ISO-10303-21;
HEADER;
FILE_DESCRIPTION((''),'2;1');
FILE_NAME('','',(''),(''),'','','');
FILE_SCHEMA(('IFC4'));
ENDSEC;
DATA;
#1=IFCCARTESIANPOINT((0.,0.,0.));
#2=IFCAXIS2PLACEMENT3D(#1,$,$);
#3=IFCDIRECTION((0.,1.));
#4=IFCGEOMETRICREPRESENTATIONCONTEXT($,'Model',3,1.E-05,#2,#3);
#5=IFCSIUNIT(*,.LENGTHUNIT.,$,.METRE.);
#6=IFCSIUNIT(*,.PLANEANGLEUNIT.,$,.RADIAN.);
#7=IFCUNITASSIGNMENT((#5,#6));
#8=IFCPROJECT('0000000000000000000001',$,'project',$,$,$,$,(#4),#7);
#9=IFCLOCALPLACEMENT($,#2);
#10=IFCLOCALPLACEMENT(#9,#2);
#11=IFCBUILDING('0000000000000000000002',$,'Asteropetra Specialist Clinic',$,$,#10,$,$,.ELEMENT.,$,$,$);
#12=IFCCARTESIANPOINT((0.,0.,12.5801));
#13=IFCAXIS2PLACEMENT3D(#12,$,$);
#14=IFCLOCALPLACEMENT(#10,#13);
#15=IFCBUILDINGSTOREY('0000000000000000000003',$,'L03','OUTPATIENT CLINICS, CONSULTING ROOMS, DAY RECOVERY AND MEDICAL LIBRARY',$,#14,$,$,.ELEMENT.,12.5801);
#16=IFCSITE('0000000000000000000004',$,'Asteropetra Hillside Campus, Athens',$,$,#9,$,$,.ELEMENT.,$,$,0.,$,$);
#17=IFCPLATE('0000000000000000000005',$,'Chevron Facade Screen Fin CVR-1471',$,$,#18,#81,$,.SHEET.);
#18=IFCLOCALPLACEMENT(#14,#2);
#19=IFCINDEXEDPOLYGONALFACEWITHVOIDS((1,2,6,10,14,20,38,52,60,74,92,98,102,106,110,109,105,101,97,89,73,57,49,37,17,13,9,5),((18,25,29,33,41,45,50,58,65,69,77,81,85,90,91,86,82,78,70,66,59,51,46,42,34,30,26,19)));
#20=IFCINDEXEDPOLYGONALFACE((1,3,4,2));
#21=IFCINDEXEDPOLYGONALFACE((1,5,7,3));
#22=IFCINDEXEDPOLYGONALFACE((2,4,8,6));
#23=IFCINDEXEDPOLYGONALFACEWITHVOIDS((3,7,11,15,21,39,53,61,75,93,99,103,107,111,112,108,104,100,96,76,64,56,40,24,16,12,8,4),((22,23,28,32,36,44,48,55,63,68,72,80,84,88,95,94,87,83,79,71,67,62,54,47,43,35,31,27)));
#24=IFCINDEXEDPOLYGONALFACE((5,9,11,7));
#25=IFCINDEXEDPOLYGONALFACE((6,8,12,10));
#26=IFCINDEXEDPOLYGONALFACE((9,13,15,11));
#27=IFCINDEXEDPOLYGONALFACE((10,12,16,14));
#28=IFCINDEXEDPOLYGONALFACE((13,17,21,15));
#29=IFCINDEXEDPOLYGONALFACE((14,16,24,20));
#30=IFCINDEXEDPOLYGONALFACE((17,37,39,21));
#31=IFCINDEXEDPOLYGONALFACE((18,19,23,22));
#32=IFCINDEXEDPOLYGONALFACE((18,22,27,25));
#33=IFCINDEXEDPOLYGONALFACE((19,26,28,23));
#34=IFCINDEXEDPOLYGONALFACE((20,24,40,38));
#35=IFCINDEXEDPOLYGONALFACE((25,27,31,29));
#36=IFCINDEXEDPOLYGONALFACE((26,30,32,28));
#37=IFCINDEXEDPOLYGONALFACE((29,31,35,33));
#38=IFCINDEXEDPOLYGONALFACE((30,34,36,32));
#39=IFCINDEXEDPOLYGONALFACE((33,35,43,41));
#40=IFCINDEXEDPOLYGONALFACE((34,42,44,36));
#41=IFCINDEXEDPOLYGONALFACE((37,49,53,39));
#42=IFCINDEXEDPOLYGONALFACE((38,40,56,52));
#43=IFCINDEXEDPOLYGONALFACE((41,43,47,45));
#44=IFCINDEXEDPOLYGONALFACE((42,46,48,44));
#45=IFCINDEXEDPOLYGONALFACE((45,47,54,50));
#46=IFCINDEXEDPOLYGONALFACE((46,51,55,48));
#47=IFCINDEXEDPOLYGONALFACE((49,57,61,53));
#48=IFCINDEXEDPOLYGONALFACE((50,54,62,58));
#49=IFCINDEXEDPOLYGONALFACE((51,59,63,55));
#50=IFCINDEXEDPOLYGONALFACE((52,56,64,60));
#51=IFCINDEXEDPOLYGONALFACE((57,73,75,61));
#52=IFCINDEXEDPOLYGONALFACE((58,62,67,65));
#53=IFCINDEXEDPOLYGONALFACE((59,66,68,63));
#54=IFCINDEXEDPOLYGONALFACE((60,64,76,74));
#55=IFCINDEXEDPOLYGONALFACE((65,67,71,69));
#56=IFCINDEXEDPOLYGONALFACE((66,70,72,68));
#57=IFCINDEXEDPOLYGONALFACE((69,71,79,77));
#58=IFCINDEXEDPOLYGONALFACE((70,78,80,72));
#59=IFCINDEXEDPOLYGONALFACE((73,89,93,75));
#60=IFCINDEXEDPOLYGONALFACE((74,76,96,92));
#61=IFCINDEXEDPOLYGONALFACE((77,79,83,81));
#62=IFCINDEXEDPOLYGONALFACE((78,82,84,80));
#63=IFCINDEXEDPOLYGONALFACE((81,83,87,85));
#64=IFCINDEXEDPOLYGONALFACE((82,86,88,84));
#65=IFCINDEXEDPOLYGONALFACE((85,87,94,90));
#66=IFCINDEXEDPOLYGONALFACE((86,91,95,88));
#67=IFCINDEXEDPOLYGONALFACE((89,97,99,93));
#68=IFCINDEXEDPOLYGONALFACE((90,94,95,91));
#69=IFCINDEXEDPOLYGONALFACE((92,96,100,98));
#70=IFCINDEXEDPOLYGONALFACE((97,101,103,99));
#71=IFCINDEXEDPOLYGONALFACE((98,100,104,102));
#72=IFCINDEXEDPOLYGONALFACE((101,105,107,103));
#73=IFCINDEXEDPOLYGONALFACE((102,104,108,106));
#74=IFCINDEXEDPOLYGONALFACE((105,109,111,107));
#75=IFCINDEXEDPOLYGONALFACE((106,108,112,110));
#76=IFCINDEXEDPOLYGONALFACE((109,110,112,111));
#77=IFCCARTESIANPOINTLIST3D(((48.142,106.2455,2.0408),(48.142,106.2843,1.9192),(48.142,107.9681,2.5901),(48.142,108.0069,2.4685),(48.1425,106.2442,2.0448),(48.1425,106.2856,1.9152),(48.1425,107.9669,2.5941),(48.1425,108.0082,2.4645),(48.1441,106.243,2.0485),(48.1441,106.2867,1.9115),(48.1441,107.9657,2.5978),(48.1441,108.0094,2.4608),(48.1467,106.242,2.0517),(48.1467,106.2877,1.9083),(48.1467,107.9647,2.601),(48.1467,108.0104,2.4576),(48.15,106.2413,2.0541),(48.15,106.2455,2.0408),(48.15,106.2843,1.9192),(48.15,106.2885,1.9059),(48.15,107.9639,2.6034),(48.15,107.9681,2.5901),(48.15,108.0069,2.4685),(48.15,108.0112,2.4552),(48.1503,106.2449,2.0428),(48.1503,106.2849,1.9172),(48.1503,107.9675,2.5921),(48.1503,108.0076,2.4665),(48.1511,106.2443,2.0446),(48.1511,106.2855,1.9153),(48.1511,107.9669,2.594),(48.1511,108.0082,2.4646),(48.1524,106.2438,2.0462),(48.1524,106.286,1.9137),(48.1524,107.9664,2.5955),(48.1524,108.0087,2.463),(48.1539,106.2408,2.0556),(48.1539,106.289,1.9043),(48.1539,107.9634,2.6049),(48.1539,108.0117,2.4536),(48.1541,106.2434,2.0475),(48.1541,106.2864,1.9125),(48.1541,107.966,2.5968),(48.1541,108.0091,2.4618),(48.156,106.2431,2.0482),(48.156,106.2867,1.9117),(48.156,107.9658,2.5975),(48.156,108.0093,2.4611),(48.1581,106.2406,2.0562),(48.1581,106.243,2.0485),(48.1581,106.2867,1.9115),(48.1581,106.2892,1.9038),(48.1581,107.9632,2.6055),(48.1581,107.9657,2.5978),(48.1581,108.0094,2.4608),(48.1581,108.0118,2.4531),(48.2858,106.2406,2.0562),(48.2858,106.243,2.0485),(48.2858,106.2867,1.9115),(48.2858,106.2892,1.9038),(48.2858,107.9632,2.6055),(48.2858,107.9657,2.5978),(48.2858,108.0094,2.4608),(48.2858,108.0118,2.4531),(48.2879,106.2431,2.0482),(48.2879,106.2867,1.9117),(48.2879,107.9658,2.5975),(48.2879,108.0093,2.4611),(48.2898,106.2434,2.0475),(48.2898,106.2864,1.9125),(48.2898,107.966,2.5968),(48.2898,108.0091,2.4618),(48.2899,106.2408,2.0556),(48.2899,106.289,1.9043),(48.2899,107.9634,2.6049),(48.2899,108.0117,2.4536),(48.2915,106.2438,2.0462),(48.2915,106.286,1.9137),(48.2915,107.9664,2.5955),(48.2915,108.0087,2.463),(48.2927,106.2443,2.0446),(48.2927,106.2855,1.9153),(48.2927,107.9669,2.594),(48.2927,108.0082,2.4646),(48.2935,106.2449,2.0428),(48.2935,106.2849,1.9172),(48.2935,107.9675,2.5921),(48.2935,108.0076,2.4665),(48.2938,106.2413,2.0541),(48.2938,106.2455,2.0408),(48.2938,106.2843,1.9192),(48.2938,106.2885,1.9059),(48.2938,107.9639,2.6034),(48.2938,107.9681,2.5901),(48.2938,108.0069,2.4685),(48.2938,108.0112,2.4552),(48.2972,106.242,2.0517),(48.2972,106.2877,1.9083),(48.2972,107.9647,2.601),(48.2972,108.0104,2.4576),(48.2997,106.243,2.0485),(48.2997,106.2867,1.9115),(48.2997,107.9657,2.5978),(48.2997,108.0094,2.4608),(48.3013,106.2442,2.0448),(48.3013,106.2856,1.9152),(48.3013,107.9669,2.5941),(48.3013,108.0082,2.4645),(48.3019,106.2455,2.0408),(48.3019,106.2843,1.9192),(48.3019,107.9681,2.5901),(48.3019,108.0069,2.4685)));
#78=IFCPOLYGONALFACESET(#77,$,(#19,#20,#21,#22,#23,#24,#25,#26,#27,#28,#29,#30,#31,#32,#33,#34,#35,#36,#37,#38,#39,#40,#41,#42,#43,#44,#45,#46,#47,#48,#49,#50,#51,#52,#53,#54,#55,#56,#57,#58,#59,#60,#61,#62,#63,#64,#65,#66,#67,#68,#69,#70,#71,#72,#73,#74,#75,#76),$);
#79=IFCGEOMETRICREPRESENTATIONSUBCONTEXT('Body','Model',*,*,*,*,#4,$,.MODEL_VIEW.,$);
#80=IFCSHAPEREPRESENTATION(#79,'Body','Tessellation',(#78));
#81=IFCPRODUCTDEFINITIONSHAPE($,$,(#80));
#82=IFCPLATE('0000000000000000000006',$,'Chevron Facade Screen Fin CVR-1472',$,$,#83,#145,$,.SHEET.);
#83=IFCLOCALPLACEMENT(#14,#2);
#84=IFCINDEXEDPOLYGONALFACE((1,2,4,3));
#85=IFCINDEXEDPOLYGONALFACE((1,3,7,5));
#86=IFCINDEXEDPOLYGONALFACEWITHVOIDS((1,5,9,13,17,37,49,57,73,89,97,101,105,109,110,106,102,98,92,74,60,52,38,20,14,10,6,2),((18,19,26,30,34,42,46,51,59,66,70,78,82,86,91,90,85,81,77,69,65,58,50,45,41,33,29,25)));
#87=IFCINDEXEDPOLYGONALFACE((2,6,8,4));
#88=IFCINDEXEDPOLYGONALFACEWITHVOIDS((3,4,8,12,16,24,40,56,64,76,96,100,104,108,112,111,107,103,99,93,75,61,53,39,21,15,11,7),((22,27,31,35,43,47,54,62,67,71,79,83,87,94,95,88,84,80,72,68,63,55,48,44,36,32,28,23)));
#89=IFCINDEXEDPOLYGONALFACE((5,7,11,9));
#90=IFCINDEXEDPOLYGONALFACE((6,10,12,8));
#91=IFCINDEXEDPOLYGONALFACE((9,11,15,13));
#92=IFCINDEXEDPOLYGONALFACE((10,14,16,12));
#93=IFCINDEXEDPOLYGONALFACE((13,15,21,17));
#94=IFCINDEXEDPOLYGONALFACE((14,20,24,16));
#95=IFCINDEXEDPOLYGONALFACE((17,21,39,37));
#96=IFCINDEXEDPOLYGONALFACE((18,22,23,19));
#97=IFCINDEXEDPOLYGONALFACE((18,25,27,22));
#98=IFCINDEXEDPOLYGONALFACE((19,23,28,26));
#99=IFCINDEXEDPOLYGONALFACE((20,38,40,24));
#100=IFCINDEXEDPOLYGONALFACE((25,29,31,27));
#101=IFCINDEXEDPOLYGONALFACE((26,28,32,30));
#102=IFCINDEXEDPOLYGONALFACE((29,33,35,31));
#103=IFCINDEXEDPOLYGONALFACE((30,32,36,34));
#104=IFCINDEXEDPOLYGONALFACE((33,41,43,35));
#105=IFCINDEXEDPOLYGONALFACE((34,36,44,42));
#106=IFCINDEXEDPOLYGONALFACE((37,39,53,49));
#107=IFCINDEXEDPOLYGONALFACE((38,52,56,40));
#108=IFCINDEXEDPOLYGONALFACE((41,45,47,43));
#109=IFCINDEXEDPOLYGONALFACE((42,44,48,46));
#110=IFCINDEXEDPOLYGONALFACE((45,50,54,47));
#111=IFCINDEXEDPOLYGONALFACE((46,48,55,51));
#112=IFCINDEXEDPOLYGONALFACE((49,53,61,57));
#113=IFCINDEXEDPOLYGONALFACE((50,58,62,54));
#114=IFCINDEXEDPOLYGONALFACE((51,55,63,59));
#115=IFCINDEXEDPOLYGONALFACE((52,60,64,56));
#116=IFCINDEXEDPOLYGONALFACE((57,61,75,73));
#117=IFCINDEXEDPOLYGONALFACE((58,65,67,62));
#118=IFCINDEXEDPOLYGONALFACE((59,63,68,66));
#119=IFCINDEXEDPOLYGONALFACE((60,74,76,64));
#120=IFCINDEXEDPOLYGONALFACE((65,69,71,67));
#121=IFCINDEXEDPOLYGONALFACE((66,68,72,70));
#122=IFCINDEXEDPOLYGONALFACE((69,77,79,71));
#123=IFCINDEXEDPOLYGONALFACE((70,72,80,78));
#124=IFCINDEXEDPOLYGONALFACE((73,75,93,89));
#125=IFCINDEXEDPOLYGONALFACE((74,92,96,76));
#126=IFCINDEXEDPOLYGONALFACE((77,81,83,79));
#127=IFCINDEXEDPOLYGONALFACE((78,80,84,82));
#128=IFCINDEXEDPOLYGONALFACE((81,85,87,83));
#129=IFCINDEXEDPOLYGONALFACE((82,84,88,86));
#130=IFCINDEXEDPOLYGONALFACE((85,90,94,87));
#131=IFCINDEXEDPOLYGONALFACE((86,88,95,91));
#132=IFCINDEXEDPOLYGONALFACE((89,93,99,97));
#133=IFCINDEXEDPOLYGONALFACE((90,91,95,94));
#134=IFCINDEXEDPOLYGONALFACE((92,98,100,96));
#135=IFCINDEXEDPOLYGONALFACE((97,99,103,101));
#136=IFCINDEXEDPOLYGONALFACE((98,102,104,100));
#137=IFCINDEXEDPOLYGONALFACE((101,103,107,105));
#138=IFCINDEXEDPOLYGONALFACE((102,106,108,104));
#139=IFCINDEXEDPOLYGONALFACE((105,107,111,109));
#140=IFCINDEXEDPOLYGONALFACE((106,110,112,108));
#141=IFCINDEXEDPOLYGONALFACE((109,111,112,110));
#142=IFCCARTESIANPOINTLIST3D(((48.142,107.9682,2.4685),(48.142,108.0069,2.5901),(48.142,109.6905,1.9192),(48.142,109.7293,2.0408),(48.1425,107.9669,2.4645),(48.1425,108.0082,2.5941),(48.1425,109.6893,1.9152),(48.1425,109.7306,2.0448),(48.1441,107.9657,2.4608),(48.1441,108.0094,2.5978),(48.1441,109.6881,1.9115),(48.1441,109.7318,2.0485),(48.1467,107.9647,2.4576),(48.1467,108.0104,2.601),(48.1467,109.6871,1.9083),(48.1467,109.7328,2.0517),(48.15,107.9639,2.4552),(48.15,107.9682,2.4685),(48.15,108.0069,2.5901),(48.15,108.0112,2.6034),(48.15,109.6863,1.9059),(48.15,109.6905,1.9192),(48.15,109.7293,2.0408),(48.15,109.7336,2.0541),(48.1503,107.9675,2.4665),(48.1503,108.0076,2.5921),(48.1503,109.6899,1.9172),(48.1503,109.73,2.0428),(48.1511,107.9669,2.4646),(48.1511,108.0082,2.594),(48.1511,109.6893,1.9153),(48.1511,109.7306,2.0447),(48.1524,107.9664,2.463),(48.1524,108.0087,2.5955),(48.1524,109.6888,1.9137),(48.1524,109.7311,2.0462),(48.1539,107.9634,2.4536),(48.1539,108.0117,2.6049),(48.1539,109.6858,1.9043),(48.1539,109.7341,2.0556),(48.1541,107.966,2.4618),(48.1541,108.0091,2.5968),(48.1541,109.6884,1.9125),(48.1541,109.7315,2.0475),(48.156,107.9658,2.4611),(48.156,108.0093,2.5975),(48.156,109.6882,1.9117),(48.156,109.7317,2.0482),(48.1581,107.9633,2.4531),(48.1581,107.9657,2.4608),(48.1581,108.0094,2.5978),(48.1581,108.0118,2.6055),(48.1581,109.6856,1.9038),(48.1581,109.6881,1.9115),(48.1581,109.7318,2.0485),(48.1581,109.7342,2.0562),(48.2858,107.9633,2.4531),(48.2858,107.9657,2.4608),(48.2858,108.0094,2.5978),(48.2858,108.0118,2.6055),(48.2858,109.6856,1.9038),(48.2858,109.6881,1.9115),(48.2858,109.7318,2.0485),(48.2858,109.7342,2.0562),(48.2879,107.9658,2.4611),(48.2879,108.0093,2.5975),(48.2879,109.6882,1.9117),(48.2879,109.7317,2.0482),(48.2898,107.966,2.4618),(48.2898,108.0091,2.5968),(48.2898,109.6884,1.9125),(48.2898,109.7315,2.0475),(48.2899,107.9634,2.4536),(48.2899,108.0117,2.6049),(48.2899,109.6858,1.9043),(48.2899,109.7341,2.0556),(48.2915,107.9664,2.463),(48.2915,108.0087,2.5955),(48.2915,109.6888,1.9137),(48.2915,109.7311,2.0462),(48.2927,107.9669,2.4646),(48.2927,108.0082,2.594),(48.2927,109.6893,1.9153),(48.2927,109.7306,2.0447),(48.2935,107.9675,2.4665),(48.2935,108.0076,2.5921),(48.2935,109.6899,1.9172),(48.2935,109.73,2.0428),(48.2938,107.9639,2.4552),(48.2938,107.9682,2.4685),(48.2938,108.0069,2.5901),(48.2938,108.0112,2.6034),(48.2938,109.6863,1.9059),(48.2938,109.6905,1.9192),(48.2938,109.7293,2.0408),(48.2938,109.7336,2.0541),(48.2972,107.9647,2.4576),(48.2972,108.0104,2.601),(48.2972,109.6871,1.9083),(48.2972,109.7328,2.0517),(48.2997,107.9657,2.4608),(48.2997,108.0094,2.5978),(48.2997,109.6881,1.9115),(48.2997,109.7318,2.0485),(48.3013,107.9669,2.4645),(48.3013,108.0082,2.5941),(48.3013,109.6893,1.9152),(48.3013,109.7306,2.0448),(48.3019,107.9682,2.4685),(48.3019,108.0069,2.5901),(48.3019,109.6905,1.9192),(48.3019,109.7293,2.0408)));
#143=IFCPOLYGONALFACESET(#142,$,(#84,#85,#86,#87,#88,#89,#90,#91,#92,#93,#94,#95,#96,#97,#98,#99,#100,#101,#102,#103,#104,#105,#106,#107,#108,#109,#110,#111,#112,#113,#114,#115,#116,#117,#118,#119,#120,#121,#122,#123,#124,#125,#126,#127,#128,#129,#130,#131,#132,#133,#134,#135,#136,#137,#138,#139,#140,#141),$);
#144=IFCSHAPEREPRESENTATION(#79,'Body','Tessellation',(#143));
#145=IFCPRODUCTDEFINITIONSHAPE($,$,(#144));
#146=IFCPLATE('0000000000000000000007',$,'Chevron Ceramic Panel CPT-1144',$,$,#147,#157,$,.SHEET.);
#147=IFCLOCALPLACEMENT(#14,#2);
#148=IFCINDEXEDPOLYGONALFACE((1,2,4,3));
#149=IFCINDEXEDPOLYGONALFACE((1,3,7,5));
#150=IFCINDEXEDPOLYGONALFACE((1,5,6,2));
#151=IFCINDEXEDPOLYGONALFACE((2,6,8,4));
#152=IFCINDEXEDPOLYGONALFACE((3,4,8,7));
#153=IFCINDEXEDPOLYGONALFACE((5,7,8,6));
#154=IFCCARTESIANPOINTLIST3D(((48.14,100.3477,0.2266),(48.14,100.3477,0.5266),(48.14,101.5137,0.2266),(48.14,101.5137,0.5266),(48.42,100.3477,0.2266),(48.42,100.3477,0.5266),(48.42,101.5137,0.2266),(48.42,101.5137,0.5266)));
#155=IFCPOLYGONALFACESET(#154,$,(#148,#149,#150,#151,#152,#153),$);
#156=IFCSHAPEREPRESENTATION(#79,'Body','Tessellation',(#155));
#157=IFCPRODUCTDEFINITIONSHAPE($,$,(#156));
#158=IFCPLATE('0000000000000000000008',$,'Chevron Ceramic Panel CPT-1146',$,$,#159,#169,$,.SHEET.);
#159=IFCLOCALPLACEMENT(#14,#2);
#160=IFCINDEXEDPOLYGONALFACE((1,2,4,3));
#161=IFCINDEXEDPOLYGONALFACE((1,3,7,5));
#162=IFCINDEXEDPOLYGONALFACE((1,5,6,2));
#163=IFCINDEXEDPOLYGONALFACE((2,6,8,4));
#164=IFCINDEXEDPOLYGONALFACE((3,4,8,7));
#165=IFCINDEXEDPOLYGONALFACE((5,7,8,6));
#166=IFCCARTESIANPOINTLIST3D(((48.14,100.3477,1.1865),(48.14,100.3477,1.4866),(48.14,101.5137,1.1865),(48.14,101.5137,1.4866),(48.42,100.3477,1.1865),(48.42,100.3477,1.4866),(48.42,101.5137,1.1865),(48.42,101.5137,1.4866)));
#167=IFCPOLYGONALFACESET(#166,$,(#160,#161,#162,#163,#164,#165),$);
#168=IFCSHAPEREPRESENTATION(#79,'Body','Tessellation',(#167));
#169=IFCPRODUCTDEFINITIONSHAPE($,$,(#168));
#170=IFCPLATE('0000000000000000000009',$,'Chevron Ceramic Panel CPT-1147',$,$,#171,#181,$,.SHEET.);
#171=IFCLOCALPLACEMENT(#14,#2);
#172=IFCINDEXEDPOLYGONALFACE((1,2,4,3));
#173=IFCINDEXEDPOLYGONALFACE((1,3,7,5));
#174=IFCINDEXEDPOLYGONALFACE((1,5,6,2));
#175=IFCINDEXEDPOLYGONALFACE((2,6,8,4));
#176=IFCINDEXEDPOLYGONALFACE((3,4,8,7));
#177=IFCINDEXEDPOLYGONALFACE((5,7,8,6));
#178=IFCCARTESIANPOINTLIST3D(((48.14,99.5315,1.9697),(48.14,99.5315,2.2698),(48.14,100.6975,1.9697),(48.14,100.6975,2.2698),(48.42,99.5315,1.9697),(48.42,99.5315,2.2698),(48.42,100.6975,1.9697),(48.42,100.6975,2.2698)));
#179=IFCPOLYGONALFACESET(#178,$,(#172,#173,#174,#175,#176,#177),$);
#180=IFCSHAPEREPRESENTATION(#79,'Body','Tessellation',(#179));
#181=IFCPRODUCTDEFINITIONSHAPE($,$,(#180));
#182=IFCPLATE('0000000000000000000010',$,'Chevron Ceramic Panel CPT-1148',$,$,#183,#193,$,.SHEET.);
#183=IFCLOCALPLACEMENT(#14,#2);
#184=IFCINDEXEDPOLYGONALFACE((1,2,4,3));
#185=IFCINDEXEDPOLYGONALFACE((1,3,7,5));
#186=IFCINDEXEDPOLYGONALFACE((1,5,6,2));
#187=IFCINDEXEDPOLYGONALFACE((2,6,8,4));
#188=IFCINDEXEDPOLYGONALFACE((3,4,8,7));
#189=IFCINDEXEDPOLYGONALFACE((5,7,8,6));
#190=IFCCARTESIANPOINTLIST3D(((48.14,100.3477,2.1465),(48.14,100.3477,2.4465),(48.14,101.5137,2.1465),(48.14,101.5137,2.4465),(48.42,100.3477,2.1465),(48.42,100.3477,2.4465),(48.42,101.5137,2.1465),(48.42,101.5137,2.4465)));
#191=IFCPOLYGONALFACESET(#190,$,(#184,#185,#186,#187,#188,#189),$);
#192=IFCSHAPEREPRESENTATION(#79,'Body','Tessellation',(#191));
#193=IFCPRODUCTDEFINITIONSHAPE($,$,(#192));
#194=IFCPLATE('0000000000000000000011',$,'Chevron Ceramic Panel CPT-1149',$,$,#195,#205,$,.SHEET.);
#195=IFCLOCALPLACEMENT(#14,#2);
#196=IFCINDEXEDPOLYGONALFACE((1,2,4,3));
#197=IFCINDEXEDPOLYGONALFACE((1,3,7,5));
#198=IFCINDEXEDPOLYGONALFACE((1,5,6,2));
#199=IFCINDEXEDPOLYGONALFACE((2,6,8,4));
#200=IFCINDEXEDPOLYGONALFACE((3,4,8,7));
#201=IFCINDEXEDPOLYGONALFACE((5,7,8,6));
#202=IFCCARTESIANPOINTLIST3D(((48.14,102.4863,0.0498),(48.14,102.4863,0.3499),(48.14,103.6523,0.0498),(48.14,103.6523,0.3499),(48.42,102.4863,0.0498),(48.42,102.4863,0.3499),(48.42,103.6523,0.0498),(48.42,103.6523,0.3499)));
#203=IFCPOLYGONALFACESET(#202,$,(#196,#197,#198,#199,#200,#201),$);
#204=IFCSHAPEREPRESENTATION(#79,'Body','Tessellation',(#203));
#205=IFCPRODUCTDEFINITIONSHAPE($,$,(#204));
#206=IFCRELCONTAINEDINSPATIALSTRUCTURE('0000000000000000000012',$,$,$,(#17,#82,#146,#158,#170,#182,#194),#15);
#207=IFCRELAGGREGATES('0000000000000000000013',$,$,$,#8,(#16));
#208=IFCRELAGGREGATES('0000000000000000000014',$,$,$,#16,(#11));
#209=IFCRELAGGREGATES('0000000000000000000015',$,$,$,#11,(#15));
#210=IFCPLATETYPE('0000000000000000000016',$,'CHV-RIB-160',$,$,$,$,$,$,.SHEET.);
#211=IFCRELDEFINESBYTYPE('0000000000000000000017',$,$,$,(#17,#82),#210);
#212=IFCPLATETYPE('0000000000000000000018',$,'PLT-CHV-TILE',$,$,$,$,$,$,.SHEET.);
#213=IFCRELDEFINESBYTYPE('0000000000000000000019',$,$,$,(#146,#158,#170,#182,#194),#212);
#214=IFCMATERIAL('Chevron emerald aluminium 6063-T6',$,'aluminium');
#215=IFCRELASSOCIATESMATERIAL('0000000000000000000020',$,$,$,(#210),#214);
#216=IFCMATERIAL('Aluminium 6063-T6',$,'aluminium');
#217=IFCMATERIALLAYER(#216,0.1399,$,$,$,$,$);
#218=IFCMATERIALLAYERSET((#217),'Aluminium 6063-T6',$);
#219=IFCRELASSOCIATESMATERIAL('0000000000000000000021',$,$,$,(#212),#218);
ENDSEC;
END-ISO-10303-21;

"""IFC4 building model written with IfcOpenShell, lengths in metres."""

from ifc_helpers import new_model, si_unit, direction, frame, origin, origin_2d, place, context, subcontext, project, spatial, rectangle, hollow_rectangle, extrude, material, layer, layer_set, material_profile, profile_set, type_object, element, save


model = new_model("IFC4")

# Units and contexts
model_context = context("Model", 3, precision=1e-05, world=origin(), true_north=direction((0.0, 1.0)))
body_context = subcontext(model_context, "Body", "Model", "MODEL_VIEW")
ifc_project = project(units=[si_unit("LENGTHUNIT", "METRE"), si_unit("PLANEANGLEUNIT", "RADIAN")], contexts=[model_context])

# Site, building, storey
site_placement = place(None, origin())
site = spatial("IfcSite", under=ifc_project, at=site_placement, Name="Asteropetra Hillside Campus, Athens", CompositionType="ELEMENT", RefElevation=0.0)
building_placement = place(site_placement, origin())
building = spatial("IfcBuilding", under=site, at=building_placement, Name="Asteropetra Specialist Clinic", CompositionType="ELEMENT")
storey_placement = place(building_placement, frame((0.0, 0.0, 12.5801)))
storey = spatial("IfcBuildingStorey", under=building, at=storey_placement, Name="L03", Description="OUTPATIENT CLINICS, CONSULTING ROOMS, DAY RECOVERY AND MEDICAL LIBRARY", CompositionType="ELEMENT", Elevation=12.5801)

# Plates
ifc_material_1 = material(Name="Chevron emerald aluminium 6063-T6", Category="aluminium")
ifc_material_profile = material_profile(ifc_material_1, hollow_rectangle(XDim=0.1599, YDim=0.1599, WallThickness=0.0081, InnerFilletRadius=0.0081, OuterFilletRadius=0.0161, at=origin_2d()), Name="SHS 160x160x8.0")
ifc_profile_set = profile_set([ifc_material_profile], Name="Chevron emerald aluminium 6063-T6")
plate_type_1 = type_object("IfcPlateType", Name="CHV-RIB-160", PredefinedType="SHEET", material=ifc_profile_set)
plate_1_placement = place(storey_placement, frame((48.2219, 106.2649, 1.98), z_axis=(0.0, 0.952734, 0.303806), x_axis=(-1.0, 0.0, 0.0)))
element("IfcPlate", 1, at=plate_1_placement, inside=storey, type_object=plate_type_1, Name="Chevron Facade Screen Fin CVR-1471", PredefinedType="SHEET", context=body_context, shape_type="SweptSolid", body=[
    extrude(hollow_rectangle(XDim=0.1599, YDim=0.1599, WallThickness=0.0081, InnerFilletRadius=0.0081, OuterFilletRadius=0.0161, at=origin_2d()), origin(), (0.0, 0.0, 1.0), 1.8081),
])
plate_2_placement = place(storey_placement, frame((48.2219, 107.9875, 2.5293), z_axis=(0.0, 0.952722, -0.303845), x_axis=(-1.0, 0.0, 0.0)))
element("IfcPlate", 2, at=plate_2_placement, inside=storey, type_object=plate_type_1, Name="Chevron Facade Screen Fin CVR-1472", PredefinedType="SHEET", context=body_context, shape_type="SweptSolid", body=[
    extrude(hollow_rectangle(XDim=0.1599, YDim=0.1599, WallThickness=0.0081, InnerFilletRadius=0.0081, OuterFilletRadius=0.0161, at=origin_2d()), origin(), (0.0, 0.0, 1.0), 1.8079),
])
ifc_material_2 = material(Name="Aluminium 6063-T6", Category="aluminium")
ifc_layer_1 = layer(ifc_material_2, 0.1399)
ifc_layer_set_1 = layer_set([ifc_layer_1], Name="Aluminium 6063-T6")
plate_type_2 = type_object("IfcPlateType", Name="PLT-CHV-TILE", PredefinedType="SHEET", material=ifc_layer_set_1)
for number, where, z_axis, x_axis, name in (
    (3, (48.28, 100.9307, 0.2266), (0.0, 0.0, 1.0), (1.0, 0.0, 0.0), "Chevron Ceramic Panel CPT-1144"),
    (4, (48.28, 100.9307, 1.1865), (0.0, 0.0, 1.0), (1.0, 0.0, 0.0), "Chevron Ceramic Panel CPT-1146"),
    (5, (48.28, 100.1145, 1.9697), (0.0, 0.0, 1.0), (1.0, 0.0, 0.0), "Chevron Ceramic Panel CPT-1147"),
    (6, (48.28, 100.9307, 2.1465), (0.0, 0.0, 1.0), (1.0, 0.0, 0.0), "Chevron Ceramic Panel CPT-1148"),
    (7, (48.28, 103.0693, 0.0498), (0.0, 0.0, 1.0), (1.0, 0.0, 0.0), "Chevron Ceramic Panel CPT-1149"),
):
    element("IfcPlate", number, at=place(storey_placement, frame(where, z_axis=z_axis, x_axis=x_axis)), inside=storey, type_object=plate_type_2, Name=name, PredefinedType="SHEET", context=body_context, shape_type="SweptSolid", body=[
        extrude(rectangle(XDim=0.28, YDim=1.166, at=origin_2d()), origin(), (0.0, 0.0, 1.0), 0.3),
    ])

save(model, "model.ifc")
